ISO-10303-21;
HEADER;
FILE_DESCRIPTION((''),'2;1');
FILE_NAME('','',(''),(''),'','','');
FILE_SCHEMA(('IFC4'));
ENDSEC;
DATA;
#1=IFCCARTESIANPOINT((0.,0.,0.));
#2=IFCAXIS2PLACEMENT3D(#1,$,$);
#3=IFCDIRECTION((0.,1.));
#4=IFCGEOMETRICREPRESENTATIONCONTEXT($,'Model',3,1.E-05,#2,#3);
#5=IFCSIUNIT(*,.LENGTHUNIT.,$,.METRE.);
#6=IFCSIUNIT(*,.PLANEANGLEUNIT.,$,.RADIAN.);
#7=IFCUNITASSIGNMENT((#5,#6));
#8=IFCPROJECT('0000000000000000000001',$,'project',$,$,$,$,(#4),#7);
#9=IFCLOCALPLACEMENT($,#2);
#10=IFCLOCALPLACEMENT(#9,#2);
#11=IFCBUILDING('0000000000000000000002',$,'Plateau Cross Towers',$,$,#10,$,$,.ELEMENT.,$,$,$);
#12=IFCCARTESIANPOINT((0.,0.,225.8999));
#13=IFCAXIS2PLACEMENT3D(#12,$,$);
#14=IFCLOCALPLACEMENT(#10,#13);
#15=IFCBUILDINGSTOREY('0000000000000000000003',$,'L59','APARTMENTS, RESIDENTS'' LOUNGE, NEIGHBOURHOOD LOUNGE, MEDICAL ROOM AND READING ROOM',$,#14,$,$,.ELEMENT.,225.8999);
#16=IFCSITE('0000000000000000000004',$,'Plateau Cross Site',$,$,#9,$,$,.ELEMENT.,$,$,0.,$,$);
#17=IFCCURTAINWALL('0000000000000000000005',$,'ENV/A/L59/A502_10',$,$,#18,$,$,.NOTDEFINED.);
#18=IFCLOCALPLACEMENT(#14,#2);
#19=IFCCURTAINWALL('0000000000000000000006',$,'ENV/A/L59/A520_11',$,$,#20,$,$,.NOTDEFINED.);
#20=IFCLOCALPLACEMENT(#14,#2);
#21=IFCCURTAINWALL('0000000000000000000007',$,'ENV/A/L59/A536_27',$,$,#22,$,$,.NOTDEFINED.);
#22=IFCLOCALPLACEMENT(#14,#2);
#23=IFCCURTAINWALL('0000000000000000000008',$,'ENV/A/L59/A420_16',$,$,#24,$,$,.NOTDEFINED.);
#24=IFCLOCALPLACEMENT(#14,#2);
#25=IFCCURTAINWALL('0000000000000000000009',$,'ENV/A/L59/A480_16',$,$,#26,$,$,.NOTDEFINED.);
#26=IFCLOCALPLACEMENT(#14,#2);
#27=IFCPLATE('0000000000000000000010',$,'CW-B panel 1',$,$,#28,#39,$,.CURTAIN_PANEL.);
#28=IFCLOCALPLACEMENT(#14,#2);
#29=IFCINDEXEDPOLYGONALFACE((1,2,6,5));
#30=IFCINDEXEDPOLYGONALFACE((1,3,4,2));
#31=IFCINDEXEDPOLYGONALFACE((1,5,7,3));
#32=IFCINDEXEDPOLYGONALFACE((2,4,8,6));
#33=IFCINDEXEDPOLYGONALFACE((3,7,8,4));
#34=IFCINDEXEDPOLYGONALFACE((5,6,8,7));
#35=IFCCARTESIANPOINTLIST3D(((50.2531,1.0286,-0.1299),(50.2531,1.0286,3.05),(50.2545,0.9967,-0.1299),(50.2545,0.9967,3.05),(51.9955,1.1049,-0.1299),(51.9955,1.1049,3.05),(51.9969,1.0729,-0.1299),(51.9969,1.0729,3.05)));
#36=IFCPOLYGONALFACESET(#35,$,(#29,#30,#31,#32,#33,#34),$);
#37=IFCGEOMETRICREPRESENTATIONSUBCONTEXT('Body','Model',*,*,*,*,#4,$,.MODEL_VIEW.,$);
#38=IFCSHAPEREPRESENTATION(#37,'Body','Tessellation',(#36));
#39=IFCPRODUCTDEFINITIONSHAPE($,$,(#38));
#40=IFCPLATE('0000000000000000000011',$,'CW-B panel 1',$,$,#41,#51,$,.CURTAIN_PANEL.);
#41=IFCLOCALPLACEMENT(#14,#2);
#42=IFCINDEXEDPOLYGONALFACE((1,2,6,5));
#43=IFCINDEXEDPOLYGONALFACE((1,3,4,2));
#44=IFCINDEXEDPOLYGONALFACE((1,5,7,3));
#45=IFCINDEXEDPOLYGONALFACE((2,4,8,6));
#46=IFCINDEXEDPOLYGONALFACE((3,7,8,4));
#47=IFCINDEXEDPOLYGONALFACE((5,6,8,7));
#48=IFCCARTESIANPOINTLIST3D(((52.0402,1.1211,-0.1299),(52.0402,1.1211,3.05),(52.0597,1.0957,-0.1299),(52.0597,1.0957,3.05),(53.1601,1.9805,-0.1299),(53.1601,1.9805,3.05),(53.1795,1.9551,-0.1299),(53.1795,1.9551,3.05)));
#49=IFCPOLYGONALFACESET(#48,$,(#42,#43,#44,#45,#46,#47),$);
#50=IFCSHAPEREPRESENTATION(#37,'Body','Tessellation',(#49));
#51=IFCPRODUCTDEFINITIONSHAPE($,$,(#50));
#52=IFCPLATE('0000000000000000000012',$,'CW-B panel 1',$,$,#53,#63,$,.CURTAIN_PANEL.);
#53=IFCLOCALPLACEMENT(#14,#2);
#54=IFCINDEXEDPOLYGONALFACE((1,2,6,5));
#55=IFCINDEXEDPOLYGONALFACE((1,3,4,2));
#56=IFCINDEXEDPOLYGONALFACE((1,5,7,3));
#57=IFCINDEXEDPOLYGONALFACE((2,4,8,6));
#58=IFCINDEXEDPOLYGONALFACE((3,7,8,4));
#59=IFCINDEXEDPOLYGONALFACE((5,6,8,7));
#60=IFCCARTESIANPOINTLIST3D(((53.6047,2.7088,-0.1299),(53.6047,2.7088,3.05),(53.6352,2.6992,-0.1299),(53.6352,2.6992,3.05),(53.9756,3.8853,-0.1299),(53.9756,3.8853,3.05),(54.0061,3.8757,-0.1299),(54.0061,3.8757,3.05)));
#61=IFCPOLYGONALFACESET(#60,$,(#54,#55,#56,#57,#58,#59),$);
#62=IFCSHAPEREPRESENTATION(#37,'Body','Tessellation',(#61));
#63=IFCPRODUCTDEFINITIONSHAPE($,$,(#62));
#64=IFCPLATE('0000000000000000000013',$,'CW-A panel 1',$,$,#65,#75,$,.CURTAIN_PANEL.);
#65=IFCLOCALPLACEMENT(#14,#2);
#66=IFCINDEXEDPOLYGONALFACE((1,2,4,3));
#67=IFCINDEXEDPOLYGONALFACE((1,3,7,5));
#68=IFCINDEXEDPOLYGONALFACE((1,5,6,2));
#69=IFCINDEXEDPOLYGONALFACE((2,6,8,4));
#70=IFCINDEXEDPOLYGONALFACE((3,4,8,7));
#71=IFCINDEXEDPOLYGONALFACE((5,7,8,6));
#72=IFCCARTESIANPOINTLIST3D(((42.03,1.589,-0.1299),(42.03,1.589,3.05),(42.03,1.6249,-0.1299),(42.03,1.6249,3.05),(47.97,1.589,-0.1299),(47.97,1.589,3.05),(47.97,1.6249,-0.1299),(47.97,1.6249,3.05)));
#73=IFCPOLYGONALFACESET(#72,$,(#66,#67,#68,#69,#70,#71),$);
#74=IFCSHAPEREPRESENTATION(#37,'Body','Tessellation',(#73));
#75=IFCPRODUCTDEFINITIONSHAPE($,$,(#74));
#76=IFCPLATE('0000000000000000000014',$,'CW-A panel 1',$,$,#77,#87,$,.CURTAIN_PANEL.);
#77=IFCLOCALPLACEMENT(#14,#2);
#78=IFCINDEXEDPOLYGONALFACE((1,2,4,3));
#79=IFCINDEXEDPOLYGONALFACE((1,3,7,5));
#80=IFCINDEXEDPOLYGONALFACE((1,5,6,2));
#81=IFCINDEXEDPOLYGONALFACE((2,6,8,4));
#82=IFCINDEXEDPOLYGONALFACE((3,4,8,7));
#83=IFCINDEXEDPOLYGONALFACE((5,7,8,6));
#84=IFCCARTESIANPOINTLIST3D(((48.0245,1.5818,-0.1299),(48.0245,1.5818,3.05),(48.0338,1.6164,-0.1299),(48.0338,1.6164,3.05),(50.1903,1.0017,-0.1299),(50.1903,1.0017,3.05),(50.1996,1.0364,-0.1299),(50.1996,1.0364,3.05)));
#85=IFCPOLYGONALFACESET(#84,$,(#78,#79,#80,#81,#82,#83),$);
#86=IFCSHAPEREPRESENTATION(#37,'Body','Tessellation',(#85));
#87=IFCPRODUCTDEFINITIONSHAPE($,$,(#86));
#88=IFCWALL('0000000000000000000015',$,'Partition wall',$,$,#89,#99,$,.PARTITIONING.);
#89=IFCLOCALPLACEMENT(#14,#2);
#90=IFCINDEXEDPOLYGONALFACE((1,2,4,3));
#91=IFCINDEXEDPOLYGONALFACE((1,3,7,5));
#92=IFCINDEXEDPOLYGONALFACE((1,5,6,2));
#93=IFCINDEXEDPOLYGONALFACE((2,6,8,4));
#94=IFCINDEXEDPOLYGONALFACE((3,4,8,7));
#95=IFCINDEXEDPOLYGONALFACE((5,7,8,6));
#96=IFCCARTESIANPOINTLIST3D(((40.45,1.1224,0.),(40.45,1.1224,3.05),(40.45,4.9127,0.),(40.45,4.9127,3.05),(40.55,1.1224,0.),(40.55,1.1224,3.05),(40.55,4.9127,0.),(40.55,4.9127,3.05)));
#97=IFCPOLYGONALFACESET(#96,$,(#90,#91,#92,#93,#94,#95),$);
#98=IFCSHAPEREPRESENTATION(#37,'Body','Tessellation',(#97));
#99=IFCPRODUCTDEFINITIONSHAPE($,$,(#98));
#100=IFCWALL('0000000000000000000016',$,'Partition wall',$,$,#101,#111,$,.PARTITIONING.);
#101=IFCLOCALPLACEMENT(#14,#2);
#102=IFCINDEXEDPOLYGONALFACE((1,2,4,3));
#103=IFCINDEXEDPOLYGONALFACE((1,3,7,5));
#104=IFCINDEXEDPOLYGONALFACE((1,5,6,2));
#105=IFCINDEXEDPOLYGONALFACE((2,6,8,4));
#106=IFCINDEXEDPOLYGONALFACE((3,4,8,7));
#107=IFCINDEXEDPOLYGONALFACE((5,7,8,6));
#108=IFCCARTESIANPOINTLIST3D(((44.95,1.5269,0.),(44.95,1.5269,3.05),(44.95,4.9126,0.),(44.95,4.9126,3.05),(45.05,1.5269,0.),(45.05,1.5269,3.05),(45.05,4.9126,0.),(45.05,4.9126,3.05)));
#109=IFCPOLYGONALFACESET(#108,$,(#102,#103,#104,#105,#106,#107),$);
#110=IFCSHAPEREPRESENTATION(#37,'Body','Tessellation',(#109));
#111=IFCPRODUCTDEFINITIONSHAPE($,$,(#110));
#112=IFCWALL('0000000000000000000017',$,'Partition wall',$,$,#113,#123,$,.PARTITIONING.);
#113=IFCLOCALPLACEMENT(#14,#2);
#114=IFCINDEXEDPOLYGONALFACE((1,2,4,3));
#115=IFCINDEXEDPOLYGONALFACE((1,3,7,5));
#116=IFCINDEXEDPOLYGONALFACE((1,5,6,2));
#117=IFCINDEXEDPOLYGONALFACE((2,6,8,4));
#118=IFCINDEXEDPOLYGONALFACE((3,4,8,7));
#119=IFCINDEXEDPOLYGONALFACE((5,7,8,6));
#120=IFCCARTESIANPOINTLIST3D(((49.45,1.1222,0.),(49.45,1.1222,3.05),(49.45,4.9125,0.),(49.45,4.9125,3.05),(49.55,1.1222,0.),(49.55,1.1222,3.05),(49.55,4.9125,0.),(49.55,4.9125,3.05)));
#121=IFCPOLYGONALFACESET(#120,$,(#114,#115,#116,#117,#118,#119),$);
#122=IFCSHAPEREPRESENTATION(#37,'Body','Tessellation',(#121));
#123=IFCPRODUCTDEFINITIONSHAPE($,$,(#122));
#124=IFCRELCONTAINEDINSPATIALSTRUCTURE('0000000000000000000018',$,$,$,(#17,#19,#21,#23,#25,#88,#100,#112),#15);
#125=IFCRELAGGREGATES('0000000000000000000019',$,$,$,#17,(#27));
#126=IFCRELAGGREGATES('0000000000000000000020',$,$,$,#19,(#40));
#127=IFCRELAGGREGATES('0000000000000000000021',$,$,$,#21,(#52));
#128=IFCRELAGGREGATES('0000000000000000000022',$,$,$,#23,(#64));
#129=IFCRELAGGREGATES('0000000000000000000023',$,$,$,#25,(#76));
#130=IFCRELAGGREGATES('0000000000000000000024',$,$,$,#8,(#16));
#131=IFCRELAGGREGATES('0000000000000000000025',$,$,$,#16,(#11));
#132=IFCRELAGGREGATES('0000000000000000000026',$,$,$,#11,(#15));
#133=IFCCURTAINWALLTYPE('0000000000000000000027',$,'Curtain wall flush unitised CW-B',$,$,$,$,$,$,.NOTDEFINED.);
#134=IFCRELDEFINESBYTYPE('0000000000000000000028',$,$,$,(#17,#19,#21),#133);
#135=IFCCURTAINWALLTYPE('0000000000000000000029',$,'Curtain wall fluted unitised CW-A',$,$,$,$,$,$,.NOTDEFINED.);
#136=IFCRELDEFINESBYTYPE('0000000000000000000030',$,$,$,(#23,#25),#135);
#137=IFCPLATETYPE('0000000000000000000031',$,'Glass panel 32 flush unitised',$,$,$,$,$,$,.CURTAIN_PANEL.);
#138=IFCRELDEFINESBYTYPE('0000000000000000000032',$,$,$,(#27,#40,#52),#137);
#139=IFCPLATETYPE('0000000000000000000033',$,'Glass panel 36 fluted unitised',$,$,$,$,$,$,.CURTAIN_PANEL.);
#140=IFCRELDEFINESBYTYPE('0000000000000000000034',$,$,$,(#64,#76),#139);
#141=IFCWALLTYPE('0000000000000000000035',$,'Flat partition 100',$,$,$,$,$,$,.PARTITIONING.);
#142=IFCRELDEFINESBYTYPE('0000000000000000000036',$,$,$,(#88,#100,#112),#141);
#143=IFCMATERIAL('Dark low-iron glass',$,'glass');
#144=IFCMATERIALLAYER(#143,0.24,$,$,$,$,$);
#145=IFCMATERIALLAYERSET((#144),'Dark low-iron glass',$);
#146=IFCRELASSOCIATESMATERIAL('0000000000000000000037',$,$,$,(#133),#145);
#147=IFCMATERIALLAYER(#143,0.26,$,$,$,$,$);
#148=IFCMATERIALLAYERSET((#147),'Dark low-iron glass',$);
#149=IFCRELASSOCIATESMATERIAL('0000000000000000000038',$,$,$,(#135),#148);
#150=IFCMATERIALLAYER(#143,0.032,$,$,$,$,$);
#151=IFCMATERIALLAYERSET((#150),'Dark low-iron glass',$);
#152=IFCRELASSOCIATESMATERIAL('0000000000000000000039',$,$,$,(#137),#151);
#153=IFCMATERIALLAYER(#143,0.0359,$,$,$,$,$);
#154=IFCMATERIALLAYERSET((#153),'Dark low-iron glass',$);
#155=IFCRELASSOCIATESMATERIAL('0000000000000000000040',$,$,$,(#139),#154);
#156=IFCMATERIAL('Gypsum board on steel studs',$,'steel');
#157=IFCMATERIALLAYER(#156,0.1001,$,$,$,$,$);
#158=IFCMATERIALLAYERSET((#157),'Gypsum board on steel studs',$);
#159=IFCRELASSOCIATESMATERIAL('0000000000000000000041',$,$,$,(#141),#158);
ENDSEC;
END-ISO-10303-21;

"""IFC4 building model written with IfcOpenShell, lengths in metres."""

from ifc_helpers import new_model, si_unit, direction, frame, frame_2d, origin, origin_2d, place, context, subcontext, project, spatial, rectangle, extrude, material, layer, layer_set, type_object, element, aggregate, save


model = new_model("IFC4")

# Units and contexts
model_context = context("Model", 3, precision=1e-05, world=origin(), true_north=direction((0.0, 1.0)))
body_context = subcontext(model_context, "Body", "Model", "MODEL_VIEW")
ifc_project = project(units=[si_unit("LENGTHUNIT", "METRE"), si_unit("PLANEANGLEUNIT", "RADIAN")], contexts=[model_context])

# Site, building, storey
site_placement = place(None, origin())
site = spatial("IfcSite", under=ifc_project, at=site_placement, Name="Plateau Cross Site", CompositionType="ELEMENT", RefElevation=0.0)
building_placement = place(site_placement, origin())
building = spatial("IfcBuilding", under=site, at=building_placement, Name="Plateau Cross Towers", CompositionType="ELEMENT")
storey_placement = place(building_placement, frame((0.0, 0.0, 225.8999)))
storey = spatial("IfcBuildingStorey", under=building, at=storey_placement, Name="L59", Description="APARTMENTS, RESIDENTS' LOUNGE, NEIGHBOURHOOD LOUNGE, MEDICAL ROOM AND READING ROOM", CompositionType="ELEMENT", Elevation=225.8999)

# Curtain wall
ifc_material_1 = material(Name="Dark low-iron glass", Category="glass")
ifc_layer_1 = layer(ifc_material_1, 0.24)
ifc_layer_set_1 = layer_set([ifc_layer_1], Name="Dark low-iron glass")
curtain_wall_type_1 = type_object("IfcCurtainWallType", Name="Curtain wall flush unitised CW-B", PredefinedType="NOTDEFINED", material=ifc_layer_set_1)
curtain_wall_1_placement = place(storey_placement, origin())
curtain_wall_1 = element("IfcCurtainWall", 1, at=curtain_wall_1_placement, inside=storey, type_object=curtain_wall_type_1, Name="ENV/A/L59/A502_10", PredefinedType="NOTDEFINED")

# Curtain wall
curtain_wall_2_placement = place(storey_placement, origin())
curtain_wall_2 = element("IfcCurtainWall", 2, at=curtain_wall_2_placement, inside=storey, type_object=curtain_wall_type_1, Name="ENV/A/L59/A520_11", PredefinedType="NOTDEFINED")

# Curtain walls
curtain_wall_3_placement = place(storey_placement, origin())
curtain_wall_3 = element("IfcCurtainWall", 3, at=curtain_wall_3_placement, inside=storey, type_object=curtain_wall_type_1, Name="ENV/A/L59/A536_27", PredefinedType="NOTDEFINED")
ifc_layer_2 = layer(ifc_material_1, 0.26)
ifc_layer_set_2 = layer_set([ifc_layer_2], Name="Dark low-iron glass")
curtain_wall_type_2 = type_object("IfcCurtainWallType", Name="Curtain wall fluted unitised CW-A", PredefinedType="NOTDEFINED", material=ifc_layer_set_2)
curtain_wall_4_placement = place(storey_placement, origin())
curtain_wall_4 = element("IfcCurtainWall", 4, at=curtain_wall_4_placement, inside=storey, type_object=curtain_wall_type_2, Name="ENV/A/L59/A420_16", PredefinedType="NOTDEFINED")
curtain_wall_5_placement = place(storey_placement, origin())
curtain_wall_5 = element("IfcCurtainWall", 5, at=curtain_wall_5_placement, inside=storey, type_object=curtain_wall_type_2, Name="ENV/A/L59/A480_16", PredefinedType="NOTDEFINED")

# Plates
ifc_layer_3 = layer(ifc_material_1, 0.032)
ifc_layer_set_3 = layer_set([ifc_layer_3], Name="Dark low-iron glass")
plate_type_1 = type_object("IfcPlateType", Name="Glass panel 32 flush unitised", PredefinedType="CURTAIN_PANEL", material=ifc_layer_set_3)
plate_1_placement = place(storey_placement, frame((51.125, 1.0508, -0.1299), z_axis=(0.0, 0.0, 1.0), x_axis=(0.999044, 0.043723, 0.0)))
plate_1 = element("IfcPlate", 6, at=plate_1_placement, type_object=plate_type_1, Name="CW-B panel 1", PredefinedType="CURTAIN_PANEL", context=body_context, shape_type="SweptSolid", body=[
    extrude(rectangle(XDim=1.7441, YDim=0.032, at=origin_2d()), origin(), (0.0, 0.0, 1.0), 3.1799),
])
aggregate(curtain_wall_1, [plate_1])
plate_2_placement = place(storey_placement, frame((52.6099, 1.5381, -0.1299), z_axis=(0.0, 0.0, 1.0), x_axis=(0.793316, 0.608811, 0.0)))
plate_2 = element("IfcPlate", 7, at=plate_2_placement, type_object=plate_type_1, Name="CW-B panel 1", PredefinedType="CURTAIN_PANEL", context=body_context, shape_type="SweptSolid", body=[
    extrude(rectangle(XDim=1.4116, YDim=0.032, at=origin_2d()), origin(), (0.0, 0.0, 1.0), 3.1799),
])
aggregate(curtain_wall_2, [plate_2])
plate_3_placement = place(storey_placement, frame((53.8054, 3.2922, -0.1299), z_axis=(0.0, 0.0, 1.0), x_axis=(0.300686, 0.953723, 0.0)))
plate_3 = element("IfcPlate", 8, at=plate_3_placement, type_object=plate_type_1, Name="CW-B panel 1", PredefinedType="CURTAIN_PANEL", context=body_context, shape_type="SweptSolid", body=[
    extrude(rectangle(XDim=1.2336, YDim=0.032, at=origin_2d()), origin(), (0.0, 0.0, 1.0), 3.1799),
])
aggregate(curtain_wall_3, [plate_3])
ifc_layer_4 = layer(ifc_material_1, 0.0359)
ifc_layer_set_4 = layer_set([ifc_layer_4], Name="Dark low-iron glass")
plate_type_2 = type_object("IfcPlateType", Name="Glass panel 36 fluted unitised", PredefinedType="CURTAIN_PANEL", material=ifc_layer_set_4)
plate_4_placement = place(storey_placement, frame((45.0, 1.6069, -0.1299), z_axis=(0.0, 0.0, 1.0), x_axis=(1.0, 0.0, 0.0)))
plate_4 = element("IfcPlate", 9, at=plate_4_placement, type_object=plate_type_2, Name="CW-A panel 1", PredefinedType="CURTAIN_PANEL", context=body_context, shape_type="SweptSolid", body=[
    extrude(rectangle(XDim=5.9399, YDim=0.0359, at=origin_2d()), origin(), (0.0, 0.0, 1.0), 3.1799),
])
aggregate(curtain_wall_4, [plate_4])
plate_5_placement = place(storey_placement, frame((49.1121, 1.3091, -0.1299), z_axis=(0.0, 0.0, 1.0), x_axis=(0.965958, -0.258699, 0.0)))
plate_5 = element("IfcPlate", 10, at=plate_5_placement, type_object=plate_type_2, Name="CW-A panel 1", PredefinedType="CURTAIN_PANEL", context=body_context, shape_type="SweptSolid", body=[
    extrude(rectangle(XDim=2.2422, YDim=0.0359, at=origin_2d()), origin(), (0.0, 0.0, 1.0), 3.1799),
])
aggregate(curtain_wall_5, [plate_5])

# Walls
ifc_material_2 = material(Name="Gypsum board on steel studs", Category="steel")
ifc_layer_5 = layer(ifc_material_2, 0.1001)
ifc_layer_set_5 = layer_set([ifc_layer_5], Name="Gypsum board on steel studs")
wall_type = type_object("IfcWallType", Name="Flat partition 100", PredefinedType="PARTITIONING", material=ifc_layer_set_5)
wall_1_placement = place(storey_placement, frame((40.5, 4.9126, 0.0), z_axis=(0.0, 0.0, 1.0), x_axis=(0.0, -1.0, 0.0)))
element("IfcWall", 11, at=wall_1_placement, inside=storey, type_object=wall_type, Name="Partition wall", PredefinedType="PARTITIONING", context=body_context, shape_type="SweptSolid", body=[
    extrude(rectangle(XDim=3.7903, YDim=0.1001, at=frame_2d((1.895, 0.0))), origin(), (0.0, 0.0, 1.0), 3.05),
])
wall_2_placement = place(storey_placement, frame((45.0, 1.5269, 0.0), z_axis=(0.0, 0.0, 1.0), x_axis=(0.0, 1.0, 0.0)))
element("IfcWall", 12, at=wall_2_placement, inside=storey, type_object=wall_type, Name="Partition wall", PredefinedType="PARTITIONING", context=body_context, shape_type="SweptSolid", body=[
    extrude(rectangle(XDim=3.3857, YDim=0.1001, at=frame_2d((1.6929, 0.0))), origin(), (0.0, 0.0, 1.0), 3.05),
])
wall_3_placement = place(storey_placement, frame((49.5, 1.1223, 0.0), z_axis=(0.0, 0.0, 1.0), x_axis=(0.0, 1.0, 0.0)))
element("IfcWall", 13, at=wall_3_placement, inside=storey, type_object=wall_type, Name="Partition wall", PredefinedType="PARTITIONING", context=body_context, shape_type="SweptSolid", body=[
    extrude(rectangle(XDim=3.7903, YDim=0.1001, at=frame_2d((1.895, 0.0))), origin(), (0.0, 0.0, 1.0), 3.05),
])

save(model, "model.ifc")
